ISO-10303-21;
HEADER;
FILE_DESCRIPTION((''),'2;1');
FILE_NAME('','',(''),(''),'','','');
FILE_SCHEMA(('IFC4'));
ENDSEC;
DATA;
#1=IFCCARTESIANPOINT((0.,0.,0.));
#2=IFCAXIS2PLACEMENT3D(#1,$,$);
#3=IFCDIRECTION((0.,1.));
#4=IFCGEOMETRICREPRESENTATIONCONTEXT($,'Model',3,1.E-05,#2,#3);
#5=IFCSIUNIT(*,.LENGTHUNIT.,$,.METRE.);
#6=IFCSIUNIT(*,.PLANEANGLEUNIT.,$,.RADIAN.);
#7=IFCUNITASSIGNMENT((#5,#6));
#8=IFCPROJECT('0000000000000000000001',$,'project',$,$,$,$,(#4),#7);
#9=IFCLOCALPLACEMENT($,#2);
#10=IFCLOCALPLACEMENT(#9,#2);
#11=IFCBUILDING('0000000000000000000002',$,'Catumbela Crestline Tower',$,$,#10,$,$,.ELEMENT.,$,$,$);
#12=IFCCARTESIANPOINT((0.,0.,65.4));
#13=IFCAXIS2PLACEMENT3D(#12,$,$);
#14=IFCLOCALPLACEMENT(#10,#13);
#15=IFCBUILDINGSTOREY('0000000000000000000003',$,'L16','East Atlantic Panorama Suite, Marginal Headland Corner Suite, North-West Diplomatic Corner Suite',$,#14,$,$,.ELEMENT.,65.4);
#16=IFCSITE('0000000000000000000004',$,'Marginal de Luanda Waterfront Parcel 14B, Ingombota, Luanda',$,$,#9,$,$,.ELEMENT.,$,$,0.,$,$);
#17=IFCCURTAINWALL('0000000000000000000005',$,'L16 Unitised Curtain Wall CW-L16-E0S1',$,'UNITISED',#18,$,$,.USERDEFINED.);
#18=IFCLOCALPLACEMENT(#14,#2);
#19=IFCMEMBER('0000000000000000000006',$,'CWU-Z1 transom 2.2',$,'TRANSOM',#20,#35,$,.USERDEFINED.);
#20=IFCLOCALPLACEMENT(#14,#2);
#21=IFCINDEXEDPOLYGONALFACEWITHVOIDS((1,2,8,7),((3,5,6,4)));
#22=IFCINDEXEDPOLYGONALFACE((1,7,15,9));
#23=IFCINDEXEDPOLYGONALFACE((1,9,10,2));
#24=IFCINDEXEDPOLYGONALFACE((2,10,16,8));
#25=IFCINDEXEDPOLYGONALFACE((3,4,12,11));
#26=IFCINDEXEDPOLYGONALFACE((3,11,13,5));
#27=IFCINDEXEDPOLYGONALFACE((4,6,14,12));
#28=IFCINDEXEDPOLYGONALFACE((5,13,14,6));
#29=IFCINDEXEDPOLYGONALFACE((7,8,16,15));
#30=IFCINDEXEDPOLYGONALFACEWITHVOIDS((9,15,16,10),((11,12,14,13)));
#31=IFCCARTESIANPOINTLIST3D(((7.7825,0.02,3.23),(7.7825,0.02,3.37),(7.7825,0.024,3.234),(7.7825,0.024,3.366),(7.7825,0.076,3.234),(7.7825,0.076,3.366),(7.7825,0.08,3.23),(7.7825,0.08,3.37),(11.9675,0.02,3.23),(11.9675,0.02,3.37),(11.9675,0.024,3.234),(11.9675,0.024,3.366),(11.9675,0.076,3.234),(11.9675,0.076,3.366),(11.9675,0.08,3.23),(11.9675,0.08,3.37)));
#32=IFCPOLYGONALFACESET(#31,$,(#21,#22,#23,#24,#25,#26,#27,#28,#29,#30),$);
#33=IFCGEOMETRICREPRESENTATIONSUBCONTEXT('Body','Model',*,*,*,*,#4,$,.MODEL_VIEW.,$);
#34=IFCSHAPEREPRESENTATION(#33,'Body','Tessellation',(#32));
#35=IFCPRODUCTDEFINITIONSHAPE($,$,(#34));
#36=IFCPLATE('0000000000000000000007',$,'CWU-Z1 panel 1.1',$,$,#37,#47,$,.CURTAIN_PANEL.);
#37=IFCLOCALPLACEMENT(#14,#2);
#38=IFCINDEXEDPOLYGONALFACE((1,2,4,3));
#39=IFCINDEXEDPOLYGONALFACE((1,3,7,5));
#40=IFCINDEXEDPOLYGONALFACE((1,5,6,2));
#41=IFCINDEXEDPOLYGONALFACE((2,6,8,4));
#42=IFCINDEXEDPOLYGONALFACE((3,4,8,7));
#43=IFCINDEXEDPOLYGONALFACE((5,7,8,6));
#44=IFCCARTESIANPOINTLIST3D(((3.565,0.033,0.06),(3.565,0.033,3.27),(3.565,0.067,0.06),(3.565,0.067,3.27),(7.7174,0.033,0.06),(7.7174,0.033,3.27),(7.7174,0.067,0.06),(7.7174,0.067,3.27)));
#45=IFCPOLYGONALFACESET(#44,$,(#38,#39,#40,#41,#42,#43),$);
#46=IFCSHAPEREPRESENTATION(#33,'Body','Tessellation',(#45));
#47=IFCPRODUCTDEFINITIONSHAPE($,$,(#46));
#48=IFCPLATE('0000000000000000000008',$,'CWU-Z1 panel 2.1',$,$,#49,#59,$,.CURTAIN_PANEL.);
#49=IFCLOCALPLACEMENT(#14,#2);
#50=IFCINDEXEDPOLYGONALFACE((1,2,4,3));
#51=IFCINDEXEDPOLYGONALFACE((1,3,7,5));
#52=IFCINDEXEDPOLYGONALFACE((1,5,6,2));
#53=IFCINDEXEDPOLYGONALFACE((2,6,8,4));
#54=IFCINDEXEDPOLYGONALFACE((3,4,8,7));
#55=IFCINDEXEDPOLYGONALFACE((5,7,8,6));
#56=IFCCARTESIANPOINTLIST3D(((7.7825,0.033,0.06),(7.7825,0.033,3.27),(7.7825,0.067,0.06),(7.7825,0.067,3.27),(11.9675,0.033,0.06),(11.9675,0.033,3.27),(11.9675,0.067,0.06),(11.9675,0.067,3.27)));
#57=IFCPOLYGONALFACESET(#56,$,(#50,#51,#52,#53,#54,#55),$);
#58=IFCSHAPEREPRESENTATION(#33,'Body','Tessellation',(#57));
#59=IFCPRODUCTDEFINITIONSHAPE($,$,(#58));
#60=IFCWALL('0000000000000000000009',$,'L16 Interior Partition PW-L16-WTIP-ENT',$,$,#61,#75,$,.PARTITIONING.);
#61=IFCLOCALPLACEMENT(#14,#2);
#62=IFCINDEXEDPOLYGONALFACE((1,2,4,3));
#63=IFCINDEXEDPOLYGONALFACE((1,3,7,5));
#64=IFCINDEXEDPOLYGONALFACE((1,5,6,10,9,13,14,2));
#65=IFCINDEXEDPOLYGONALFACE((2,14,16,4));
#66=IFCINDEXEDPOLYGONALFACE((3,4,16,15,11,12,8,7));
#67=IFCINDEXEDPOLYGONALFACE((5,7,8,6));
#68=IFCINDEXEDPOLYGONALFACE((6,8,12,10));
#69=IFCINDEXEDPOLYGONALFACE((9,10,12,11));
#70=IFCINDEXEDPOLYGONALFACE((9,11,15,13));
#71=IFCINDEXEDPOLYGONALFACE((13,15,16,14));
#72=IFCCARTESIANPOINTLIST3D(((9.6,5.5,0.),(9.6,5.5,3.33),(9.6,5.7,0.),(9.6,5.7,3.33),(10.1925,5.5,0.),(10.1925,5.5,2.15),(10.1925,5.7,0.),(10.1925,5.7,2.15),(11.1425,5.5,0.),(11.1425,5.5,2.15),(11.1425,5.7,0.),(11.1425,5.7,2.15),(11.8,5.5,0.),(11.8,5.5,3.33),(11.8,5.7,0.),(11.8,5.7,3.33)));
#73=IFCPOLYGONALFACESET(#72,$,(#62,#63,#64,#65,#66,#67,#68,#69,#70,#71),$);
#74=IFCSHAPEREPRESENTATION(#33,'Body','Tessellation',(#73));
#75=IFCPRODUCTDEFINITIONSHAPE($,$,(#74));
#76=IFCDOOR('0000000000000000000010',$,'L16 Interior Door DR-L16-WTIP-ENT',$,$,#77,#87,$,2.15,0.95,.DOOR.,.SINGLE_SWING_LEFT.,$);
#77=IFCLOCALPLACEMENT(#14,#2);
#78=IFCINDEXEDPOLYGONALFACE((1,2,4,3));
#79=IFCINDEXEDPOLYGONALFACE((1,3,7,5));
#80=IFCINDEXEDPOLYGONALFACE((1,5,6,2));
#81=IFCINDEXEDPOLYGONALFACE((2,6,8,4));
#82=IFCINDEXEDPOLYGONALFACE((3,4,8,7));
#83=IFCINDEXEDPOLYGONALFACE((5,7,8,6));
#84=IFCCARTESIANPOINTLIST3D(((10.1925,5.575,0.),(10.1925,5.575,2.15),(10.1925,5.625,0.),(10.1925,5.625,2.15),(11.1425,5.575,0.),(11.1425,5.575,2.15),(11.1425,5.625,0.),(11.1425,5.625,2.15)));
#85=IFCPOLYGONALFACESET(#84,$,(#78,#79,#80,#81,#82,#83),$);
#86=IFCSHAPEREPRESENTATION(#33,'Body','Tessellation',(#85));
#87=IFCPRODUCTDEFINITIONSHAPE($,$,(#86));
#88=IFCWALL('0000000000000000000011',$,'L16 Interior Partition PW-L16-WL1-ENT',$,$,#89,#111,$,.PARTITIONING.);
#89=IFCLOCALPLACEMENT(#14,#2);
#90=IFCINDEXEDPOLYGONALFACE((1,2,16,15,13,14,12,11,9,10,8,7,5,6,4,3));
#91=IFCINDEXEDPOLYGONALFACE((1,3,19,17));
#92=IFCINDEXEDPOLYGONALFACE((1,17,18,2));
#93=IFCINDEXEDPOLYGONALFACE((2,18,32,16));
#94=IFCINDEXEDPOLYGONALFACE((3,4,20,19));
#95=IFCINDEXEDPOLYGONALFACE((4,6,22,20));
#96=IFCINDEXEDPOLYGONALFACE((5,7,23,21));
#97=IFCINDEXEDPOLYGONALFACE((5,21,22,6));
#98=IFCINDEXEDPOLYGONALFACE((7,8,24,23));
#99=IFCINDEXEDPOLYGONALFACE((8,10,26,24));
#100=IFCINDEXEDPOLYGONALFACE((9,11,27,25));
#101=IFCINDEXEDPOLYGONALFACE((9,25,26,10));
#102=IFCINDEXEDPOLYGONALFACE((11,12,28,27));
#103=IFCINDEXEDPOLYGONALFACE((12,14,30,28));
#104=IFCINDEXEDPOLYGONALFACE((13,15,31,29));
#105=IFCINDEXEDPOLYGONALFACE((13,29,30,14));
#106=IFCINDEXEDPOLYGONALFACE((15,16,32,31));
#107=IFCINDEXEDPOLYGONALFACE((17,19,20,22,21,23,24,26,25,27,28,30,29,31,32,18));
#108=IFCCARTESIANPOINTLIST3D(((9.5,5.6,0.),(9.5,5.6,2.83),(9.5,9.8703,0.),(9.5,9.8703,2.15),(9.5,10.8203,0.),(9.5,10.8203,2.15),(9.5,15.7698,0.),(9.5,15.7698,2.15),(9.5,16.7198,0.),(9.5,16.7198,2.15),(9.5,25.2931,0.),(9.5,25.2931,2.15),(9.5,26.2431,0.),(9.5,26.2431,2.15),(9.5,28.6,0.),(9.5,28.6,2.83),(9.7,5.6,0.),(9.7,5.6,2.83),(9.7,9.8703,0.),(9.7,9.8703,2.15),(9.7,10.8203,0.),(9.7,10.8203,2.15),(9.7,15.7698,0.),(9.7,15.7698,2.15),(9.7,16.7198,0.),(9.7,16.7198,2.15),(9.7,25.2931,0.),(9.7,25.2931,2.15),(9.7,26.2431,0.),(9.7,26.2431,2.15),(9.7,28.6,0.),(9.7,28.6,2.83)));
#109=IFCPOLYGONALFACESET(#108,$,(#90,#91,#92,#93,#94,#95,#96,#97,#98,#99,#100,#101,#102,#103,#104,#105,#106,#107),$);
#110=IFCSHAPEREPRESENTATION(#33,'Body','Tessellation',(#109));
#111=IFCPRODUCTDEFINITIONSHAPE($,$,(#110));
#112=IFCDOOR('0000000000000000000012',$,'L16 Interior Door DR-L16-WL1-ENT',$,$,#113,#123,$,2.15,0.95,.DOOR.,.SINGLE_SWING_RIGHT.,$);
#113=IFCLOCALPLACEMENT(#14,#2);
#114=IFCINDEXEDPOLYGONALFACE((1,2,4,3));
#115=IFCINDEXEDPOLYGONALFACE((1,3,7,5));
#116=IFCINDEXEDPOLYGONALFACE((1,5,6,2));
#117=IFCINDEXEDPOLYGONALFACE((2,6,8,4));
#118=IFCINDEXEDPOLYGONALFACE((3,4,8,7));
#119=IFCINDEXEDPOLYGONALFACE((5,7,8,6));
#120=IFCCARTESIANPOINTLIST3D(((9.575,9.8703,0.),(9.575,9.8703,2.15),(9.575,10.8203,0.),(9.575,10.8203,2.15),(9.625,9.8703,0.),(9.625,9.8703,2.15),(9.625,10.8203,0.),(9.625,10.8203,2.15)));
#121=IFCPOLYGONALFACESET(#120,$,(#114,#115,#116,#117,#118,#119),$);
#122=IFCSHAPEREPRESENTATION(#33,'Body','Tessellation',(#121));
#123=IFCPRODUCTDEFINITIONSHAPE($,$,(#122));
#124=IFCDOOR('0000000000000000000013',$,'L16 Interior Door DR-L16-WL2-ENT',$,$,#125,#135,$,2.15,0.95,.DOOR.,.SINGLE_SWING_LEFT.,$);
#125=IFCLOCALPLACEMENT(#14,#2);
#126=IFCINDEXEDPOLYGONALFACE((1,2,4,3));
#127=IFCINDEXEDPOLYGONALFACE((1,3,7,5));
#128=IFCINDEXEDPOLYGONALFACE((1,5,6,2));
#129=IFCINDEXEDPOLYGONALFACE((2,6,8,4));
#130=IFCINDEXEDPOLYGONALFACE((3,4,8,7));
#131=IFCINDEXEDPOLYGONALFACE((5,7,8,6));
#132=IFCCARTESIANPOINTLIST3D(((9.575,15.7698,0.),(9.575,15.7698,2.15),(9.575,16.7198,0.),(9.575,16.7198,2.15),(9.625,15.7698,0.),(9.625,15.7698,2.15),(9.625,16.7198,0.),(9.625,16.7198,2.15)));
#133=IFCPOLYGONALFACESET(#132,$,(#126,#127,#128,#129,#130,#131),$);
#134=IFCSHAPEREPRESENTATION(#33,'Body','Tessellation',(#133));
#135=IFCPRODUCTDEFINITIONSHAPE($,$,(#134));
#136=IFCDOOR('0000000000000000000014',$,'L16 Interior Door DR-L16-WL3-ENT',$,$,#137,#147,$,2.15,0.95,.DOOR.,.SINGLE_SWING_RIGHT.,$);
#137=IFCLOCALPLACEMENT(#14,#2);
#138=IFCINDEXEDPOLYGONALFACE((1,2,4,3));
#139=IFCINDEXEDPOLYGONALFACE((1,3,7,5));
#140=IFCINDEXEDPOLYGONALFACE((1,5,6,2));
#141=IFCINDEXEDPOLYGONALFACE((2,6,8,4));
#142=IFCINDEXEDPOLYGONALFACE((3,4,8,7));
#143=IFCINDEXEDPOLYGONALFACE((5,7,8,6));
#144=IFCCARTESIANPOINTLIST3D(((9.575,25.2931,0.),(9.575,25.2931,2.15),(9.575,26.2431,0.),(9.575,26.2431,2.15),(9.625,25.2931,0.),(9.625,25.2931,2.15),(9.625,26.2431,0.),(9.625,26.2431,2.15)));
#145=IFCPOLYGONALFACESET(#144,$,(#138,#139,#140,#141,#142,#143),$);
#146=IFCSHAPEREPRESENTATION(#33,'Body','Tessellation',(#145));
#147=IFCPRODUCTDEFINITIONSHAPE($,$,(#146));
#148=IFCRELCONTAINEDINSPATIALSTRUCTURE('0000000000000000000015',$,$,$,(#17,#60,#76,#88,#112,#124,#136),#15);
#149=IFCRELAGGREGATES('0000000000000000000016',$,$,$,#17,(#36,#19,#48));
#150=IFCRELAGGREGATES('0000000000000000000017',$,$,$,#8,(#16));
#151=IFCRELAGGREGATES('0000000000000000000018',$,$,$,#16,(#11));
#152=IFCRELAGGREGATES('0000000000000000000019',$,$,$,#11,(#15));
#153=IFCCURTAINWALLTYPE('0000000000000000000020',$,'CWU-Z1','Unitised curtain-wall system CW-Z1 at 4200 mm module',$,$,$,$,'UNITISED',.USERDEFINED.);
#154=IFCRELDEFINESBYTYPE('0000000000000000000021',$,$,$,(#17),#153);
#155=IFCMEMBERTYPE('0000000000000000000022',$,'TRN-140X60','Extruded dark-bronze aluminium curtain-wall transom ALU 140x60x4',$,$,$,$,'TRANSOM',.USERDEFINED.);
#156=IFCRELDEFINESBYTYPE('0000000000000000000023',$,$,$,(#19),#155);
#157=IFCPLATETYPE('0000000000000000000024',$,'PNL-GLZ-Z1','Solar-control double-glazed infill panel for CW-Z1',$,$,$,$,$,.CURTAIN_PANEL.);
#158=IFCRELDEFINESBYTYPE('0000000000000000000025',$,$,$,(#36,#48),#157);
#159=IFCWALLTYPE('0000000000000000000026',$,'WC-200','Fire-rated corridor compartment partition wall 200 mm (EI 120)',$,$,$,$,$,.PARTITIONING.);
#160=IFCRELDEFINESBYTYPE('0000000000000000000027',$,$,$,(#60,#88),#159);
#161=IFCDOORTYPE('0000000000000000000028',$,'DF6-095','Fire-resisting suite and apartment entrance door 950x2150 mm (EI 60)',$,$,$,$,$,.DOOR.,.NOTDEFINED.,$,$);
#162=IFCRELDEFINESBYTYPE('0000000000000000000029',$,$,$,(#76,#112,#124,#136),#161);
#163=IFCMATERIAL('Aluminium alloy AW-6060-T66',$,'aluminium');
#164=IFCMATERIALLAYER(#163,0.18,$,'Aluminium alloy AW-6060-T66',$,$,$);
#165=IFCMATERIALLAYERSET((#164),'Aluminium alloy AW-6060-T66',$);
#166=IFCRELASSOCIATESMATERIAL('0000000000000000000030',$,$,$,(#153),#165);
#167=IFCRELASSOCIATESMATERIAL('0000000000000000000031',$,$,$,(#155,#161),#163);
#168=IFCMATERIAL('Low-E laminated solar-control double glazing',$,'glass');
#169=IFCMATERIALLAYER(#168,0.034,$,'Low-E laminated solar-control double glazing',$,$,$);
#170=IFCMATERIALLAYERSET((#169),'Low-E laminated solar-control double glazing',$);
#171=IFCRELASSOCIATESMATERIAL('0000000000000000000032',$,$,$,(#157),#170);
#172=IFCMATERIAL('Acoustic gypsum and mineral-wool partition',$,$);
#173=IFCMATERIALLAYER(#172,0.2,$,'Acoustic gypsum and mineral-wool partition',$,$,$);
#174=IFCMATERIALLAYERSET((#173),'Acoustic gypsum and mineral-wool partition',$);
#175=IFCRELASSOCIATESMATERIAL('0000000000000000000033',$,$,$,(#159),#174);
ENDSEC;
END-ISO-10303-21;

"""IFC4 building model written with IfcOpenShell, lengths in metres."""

from ifc_helpers import new_model, si_unit, direction, frame, frame_2d, origin, origin_2d, place, context, subcontext, project, spatial, rectangle, hollow_rectangle, extrude, material, layer, layer_set, material_profile, profile_set, type_object, element, fill, aggregate, save


model = new_model("IFC4")

# Units and contexts
model_context = context("Model", 3, precision=1e-05, world=origin(), true_north=direction((0.0, 1.0)))
body_context = subcontext(model_context, "Body", "Model", "MODEL_VIEW")
ifc_project = project(units=[si_unit("LENGTHUNIT", "METRE"), si_unit("PLANEANGLEUNIT", "RADIAN")], contexts=[model_context])

# Site, building, storey
site_placement = place(None, origin())
site = spatial("IfcSite", under=ifc_project, at=site_placement, Name="Marginal de Luanda Waterfront Parcel 14B, Ingombota, Luanda", CompositionType="ELEMENT", RefElevation=0.0)
building_placement = place(site_placement, origin())
building = spatial("IfcBuilding", under=site, at=building_placement, Name="Catumbela Crestline Tower", CompositionType="ELEMENT")
storey_placement = place(building_placement, frame((0.0, 0.0, 65.4)))
storey = spatial("IfcBuildingStorey", under=building, at=storey_placement, Name="L16", Description="East Atlantic Panorama Suite, Marginal Headland Corner Suite, North-West Diplomatic Corner Suite", CompositionType="ELEMENT", Elevation=65.4)

# Curtain wall, member, plates
ifc_material_1 = material(Name="Aluminium alloy AW-6060-T66", Category="aluminium")
ifc_layer_1 = layer(ifc_material_1, 0.18, Name="Aluminium alloy AW-6060-T66")
ifc_layer_set_1 = layer_set([ifc_layer_1], Name="Aluminium alloy AW-6060-T66")
curtain_wall_type = type_object("IfcCurtainWallType", Name="CWU-Z1", Description="Unitised curtain-wall system CW-Z1 at 4200 mm module", ElementType="UNITISED", PredefinedType="USERDEFINED", material=ifc_layer_set_1)
curtain_wall_placement = place(storey_placement, origin())
curtain_wall = element("IfcCurtainWall", 1, at=curtain_wall_placement, inside=storey, type_object=curtain_wall_type, Name="L16 Unitised Curtain Wall CW-L16-E0S1", ObjectType="UNITISED", PredefinedType="USERDEFINED")
ifc_material_profile_1 = material_profile(ifc_material_1, hollow_rectangle(XDim=0.06, YDim=0.14, WallThickness=0.004, at=origin_2d()), Name="ALU 140x60x4")
ifc_profile_set_1 = profile_set([ifc_material_profile_1], Name="Aluminium alloy AW-6060-T66")
member_type_1 = type_object("IfcMemberType", Name="TRN-140X60", Description="Extruded dark-bronze aluminium curtain-wall transom ALU 140x60x4", ElementType="TRANSOM", PredefinedType="USERDEFINED", material=ifc_profile_set_1)
member_1_placement = place(storey_placement, frame((7.7825, 0.05, 3.3), z_axis=(1.0, 0.0, 0.0), x_axis=(0.0, 1.0, 0.0)))
member_1 = element("IfcMember", 2, at=member_1_placement, type_object=member_type_1, Name="CWU-Z1 transom 2.2", ObjectType="TRANSOM", PredefinedType="USERDEFINED", context=body_context, shape_type="SweptSolid", body=[
    extrude(hollow_rectangle(XDim=0.06, YDim=0.14, WallThickness=0.004, at=origin_2d()), origin(), (0.0, 0.0, 1.0), 4.185),
])
ifc_material_2 = material(Name="Low-E laminated solar-control double glazing", Category="glass")
ifc_layer_2 = layer(ifc_material_2, 0.034, Name="Low-E laminated solar-control double glazing")
ifc_layer_set_2 = layer_set([ifc_layer_2], Name="Low-E laminated solar-control double glazing")
plate_type = type_object("IfcPlateType", Name="PNL-GLZ-Z1", Description="Solar-control double-glazed infill panel for CW-Z1", PredefinedType="CURTAIN_PANEL", material=ifc_layer_set_2)
plate_1_placement = place(storey_placement, frame((5.6412, 0.05, 0.06), z_axis=(0.0, 0.0, 1.0), x_axis=(1.0, 0.0, 0.0)))
plate_1 = element("IfcPlate", 3, at=plate_1_placement, type_object=plate_type, Name="CWU-Z1 panel 1.1", PredefinedType="CURTAIN_PANEL", context=body_context, shape_type="SweptSolid", body=[
    extrude(rectangle(XDim=4.1525, YDim=0.034, at=origin_2d()), origin(), (0.0, 0.0, 1.0), 3.21),
])
plate_2_placement = place(storey_placement, frame((9.875, 0.05, 0.06), z_axis=(0.0, 0.0, 1.0), x_axis=(1.0, 0.0, 0.0)))
plate_2 = element("IfcPlate", 4, at=plate_2_placement, type_object=plate_type, Name="CWU-Z1 panel 2.1", PredefinedType="CURTAIN_PANEL", context=body_context, shape_type="SweptSolid", body=[
    extrude(rectangle(XDim=4.185, YDim=0.034, at=origin_2d()), origin(), (0.0, 0.0, 1.0), 3.21),
])
aggregate(curtain_wall, [plate_1, member_1, plate_2])

# Wall, opening, door
ifc_material_3 = material(Name="Acoustic gypsum and mineral-wool partition")
ifc_layer_3 = layer(ifc_material_3, 0.2, Name="Acoustic gypsum and mineral-wool partition")
ifc_layer_set_3 = layer_set([ifc_layer_3], Name="Acoustic gypsum and mineral-wool partition")
wall_type_1 = type_object("IfcWallType", Name="WC-200", Description="Fire-rated corridor compartment partition wall 200 mm (EI 120)", PredefinedType="PARTITIONING", material=ifc_layer_set_3)
wall_1_placement = place(storey_placement, frame((9.6, 5.6, 0.0), z_axis=(0.0, 0.0, 1.0), x_axis=(1.0, 0.0, 0.0)))
wall_1 = element("IfcWall", 5, at=wall_1_placement, inside=storey, type_object=wall_type_1, Name="L16 Interior Partition PW-L16-WTIP-ENT", PredefinedType="PARTITIONING", context=body_context, shape_type="SweptSolid", body=[
    extrude(rectangle(XDim=2.2, YDim=0.2, at=frame_2d((1.1, 0.0))), origin(), (0.0, 0.0, 1.0), 3.33),
])
opening_1_placement = place(wall_1_placement, frame((0.5925, 0.0, 0.0)))
opening_1 = element("IfcOpeningElement", 6, at=opening_1_placement, cuts=wall_1, PredefinedType="OPENING", context=body_context, shape_type="SweptSolid", body=[
    extrude(rectangle(XDim=0.95, YDim=2.15, at=frame_2d((0.475, 1.075))), frame((0.0, 0.11, 0.0), z_axis=(0.0, -1.0, 0.0), x_axis=(1.0, 0.0, 0.0)), (0.0, 0.0, 1.0), 0.22),
])
door_type = type_object("IfcDoorType", Name="DF6-095", Description="Fire-resisting suite and apartment entrance door 950x2150 mm (EI 60)", OperationType="NOTDEFINED", PredefinedType="DOOR", material=ifc_material_1)
door_1_placement = place(opening_1_placement, origin())
door_1 = element("IfcDoor", 7, at=door_1_placement, inside=storey, type_object=door_type, Name="L16 Interior Door DR-L16-WTIP-ENT", OperationType="SINGLE_SWING_LEFT", OverallHeight=2.15, OverallWidth=0.95, PredefinedType="DOOR", context=body_context, shape_type="SweptSolid", body=[
    extrude(rectangle(XDim=0.95, YDim=2.15, at=frame_2d((0.475, 1.075))), frame((0.0, 0.025, 0.0), z_axis=(0.0, -1.0, 0.0), x_axis=(1.0, 0.0, 0.0)), (0.0, 0.0, 1.0), 0.05),
])
fill(opening_1, door_1)

# Wall, openings, doors
wall_2_placement = place(storey_placement, frame((9.6, 5.6, 0.0), z_axis=(0.0, 0.0, 1.0), x_axis=(0.0, 1.0, 0.0)))
wall_2 = element("IfcWall", 8, at=wall_2_placement, inside=storey, type_object=wall_type_1, Name="L16 Interior Partition PW-L16-WL1-ENT", PredefinedType="PARTITIONING", context=body_context, shape_type="SweptSolid", body=[
    extrude(rectangle(XDim=23.0, YDim=0.2, at=frame_2d((11.5, 0.0))), origin(), (0.0, 0.0, 1.0), 2.83),
])
opening_2_placement = place(wall_2_placement, frame((4.2703, 0.0, 0.0)))
opening_2 = element("IfcOpeningElement", 9, at=opening_2_placement, cuts=wall_2, PredefinedType="OPENING", context=body_context, shape_type="SweptSolid", body=[
    extrude(rectangle(XDim=0.95, YDim=2.15, at=frame_2d((0.475, 1.075))), frame((0.0, 0.11, 0.0), z_axis=(0.0, -1.0, 0.0), x_axis=(1.0, 0.0, 0.0)), (0.0, 0.0, 1.0), 0.22),
])
opening_3_placement = place(wall_2_placement, frame((10.1698, 0.0, 0.0)))
opening_3 = element("IfcOpeningElement", 10, at=opening_3_placement, cuts=wall_2, PredefinedType="OPENING", context=body_context, shape_type="SweptSolid", body=[
    extrude(rectangle(XDim=0.95, YDim=2.15, at=frame_2d((0.475, 1.075))), frame((0.0, 0.11, 0.0), z_axis=(0.0, -1.0, 0.0), x_axis=(1.0, 0.0, 0.0)), (0.0, 0.0, 1.0), 0.22),
])
opening_4_placement = place(wall_2_placement, frame((19.6931, 0.0, 0.0)))
opening_4 = element("IfcOpeningElement", 11, at=opening_4_placement, cuts=wall_2, PredefinedType="OPENING", context=body_context, shape_type="SweptSolid", body=[
    extrude(rectangle(XDim=0.95, YDim=2.15, at=frame_2d((0.475, 1.075))), frame((0.0, 0.11, 0.0), z_axis=(0.0, -1.0, 0.0), x_axis=(1.0, 0.0, 0.0)), (0.0, 0.0, 1.0), 0.22),
])
door_2_placement = place(opening_2_placement, origin())
door_2 = element("IfcDoor", 12, at=door_2_placement, inside=storey, type_object=door_type, Name="L16 Interior Door DR-L16-WL1-ENT", OperationType="SINGLE_SWING_RIGHT", OverallHeight=2.15, OverallWidth=0.95, PredefinedType="DOOR", context=body_context, shape_type="SweptSolid", body=[
    extrude(rectangle(XDim=0.95, YDim=2.15, at=frame_2d((0.475, 1.075))), frame((0.0, 0.025, 0.0), z_axis=(0.0, -1.0, 0.0), x_axis=(1.0, 0.0, 0.0)), (0.0, 0.0, 1.0), 0.05),
])
fill(opening_2, door_2)
door_3_placement = place(opening_3_placement, origin())
door_3 = element("IfcDoor", 13, at=door_3_placement, inside=storey, type_object=door_type, Name="L16 Interior Door DR-L16-WL2-ENT", OperationType="SINGLE_SWING_LEFT", OverallHeight=2.15, OverallWidth=0.95, PredefinedType="DOOR", context=body_context, shape_type="SweptSolid", body=[
    extrude(rectangle(XDim=0.95, YDim=2.15, at=frame_2d((0.475, 1.075))), frame((0.0, 0.025, 0.0), z_axis=(0.0, -1.0, 0.0), x_axis=(1.0, 0.0, 0.0)), (0.0, 0.0, 1.0), 0.05),
])
fill(opening_3, door_3)
door_4_placement = place(opening_4_placement, origin())
door_4 = element("IfcDoor", 14, at=door_4_placement, inside=storey, type_object=door_type, Name="L16 Interior Door DR-L16-WL3-ENT", OperationType="SINGLE_SWING_RIGHT", OverallHeight=2.15, OverallWidth=0.95, PredefinedType="DOOR", context=body_context, shape_type="SweptSolid", body=[
    extrude(rectangle(XDim=0.95, YDim=2.15, at=frame_2d((0.475, 1.075))), frame((0.0, 0.025, 0.0), z_axis=(0.0, -1.0, 0.0), x_axis=(1.0, 0.0, 0.0)), (0.0, 0.0, 1.0), 0.05),
])
fill(opening_4, door_4)

save(model, "model.ifc")
